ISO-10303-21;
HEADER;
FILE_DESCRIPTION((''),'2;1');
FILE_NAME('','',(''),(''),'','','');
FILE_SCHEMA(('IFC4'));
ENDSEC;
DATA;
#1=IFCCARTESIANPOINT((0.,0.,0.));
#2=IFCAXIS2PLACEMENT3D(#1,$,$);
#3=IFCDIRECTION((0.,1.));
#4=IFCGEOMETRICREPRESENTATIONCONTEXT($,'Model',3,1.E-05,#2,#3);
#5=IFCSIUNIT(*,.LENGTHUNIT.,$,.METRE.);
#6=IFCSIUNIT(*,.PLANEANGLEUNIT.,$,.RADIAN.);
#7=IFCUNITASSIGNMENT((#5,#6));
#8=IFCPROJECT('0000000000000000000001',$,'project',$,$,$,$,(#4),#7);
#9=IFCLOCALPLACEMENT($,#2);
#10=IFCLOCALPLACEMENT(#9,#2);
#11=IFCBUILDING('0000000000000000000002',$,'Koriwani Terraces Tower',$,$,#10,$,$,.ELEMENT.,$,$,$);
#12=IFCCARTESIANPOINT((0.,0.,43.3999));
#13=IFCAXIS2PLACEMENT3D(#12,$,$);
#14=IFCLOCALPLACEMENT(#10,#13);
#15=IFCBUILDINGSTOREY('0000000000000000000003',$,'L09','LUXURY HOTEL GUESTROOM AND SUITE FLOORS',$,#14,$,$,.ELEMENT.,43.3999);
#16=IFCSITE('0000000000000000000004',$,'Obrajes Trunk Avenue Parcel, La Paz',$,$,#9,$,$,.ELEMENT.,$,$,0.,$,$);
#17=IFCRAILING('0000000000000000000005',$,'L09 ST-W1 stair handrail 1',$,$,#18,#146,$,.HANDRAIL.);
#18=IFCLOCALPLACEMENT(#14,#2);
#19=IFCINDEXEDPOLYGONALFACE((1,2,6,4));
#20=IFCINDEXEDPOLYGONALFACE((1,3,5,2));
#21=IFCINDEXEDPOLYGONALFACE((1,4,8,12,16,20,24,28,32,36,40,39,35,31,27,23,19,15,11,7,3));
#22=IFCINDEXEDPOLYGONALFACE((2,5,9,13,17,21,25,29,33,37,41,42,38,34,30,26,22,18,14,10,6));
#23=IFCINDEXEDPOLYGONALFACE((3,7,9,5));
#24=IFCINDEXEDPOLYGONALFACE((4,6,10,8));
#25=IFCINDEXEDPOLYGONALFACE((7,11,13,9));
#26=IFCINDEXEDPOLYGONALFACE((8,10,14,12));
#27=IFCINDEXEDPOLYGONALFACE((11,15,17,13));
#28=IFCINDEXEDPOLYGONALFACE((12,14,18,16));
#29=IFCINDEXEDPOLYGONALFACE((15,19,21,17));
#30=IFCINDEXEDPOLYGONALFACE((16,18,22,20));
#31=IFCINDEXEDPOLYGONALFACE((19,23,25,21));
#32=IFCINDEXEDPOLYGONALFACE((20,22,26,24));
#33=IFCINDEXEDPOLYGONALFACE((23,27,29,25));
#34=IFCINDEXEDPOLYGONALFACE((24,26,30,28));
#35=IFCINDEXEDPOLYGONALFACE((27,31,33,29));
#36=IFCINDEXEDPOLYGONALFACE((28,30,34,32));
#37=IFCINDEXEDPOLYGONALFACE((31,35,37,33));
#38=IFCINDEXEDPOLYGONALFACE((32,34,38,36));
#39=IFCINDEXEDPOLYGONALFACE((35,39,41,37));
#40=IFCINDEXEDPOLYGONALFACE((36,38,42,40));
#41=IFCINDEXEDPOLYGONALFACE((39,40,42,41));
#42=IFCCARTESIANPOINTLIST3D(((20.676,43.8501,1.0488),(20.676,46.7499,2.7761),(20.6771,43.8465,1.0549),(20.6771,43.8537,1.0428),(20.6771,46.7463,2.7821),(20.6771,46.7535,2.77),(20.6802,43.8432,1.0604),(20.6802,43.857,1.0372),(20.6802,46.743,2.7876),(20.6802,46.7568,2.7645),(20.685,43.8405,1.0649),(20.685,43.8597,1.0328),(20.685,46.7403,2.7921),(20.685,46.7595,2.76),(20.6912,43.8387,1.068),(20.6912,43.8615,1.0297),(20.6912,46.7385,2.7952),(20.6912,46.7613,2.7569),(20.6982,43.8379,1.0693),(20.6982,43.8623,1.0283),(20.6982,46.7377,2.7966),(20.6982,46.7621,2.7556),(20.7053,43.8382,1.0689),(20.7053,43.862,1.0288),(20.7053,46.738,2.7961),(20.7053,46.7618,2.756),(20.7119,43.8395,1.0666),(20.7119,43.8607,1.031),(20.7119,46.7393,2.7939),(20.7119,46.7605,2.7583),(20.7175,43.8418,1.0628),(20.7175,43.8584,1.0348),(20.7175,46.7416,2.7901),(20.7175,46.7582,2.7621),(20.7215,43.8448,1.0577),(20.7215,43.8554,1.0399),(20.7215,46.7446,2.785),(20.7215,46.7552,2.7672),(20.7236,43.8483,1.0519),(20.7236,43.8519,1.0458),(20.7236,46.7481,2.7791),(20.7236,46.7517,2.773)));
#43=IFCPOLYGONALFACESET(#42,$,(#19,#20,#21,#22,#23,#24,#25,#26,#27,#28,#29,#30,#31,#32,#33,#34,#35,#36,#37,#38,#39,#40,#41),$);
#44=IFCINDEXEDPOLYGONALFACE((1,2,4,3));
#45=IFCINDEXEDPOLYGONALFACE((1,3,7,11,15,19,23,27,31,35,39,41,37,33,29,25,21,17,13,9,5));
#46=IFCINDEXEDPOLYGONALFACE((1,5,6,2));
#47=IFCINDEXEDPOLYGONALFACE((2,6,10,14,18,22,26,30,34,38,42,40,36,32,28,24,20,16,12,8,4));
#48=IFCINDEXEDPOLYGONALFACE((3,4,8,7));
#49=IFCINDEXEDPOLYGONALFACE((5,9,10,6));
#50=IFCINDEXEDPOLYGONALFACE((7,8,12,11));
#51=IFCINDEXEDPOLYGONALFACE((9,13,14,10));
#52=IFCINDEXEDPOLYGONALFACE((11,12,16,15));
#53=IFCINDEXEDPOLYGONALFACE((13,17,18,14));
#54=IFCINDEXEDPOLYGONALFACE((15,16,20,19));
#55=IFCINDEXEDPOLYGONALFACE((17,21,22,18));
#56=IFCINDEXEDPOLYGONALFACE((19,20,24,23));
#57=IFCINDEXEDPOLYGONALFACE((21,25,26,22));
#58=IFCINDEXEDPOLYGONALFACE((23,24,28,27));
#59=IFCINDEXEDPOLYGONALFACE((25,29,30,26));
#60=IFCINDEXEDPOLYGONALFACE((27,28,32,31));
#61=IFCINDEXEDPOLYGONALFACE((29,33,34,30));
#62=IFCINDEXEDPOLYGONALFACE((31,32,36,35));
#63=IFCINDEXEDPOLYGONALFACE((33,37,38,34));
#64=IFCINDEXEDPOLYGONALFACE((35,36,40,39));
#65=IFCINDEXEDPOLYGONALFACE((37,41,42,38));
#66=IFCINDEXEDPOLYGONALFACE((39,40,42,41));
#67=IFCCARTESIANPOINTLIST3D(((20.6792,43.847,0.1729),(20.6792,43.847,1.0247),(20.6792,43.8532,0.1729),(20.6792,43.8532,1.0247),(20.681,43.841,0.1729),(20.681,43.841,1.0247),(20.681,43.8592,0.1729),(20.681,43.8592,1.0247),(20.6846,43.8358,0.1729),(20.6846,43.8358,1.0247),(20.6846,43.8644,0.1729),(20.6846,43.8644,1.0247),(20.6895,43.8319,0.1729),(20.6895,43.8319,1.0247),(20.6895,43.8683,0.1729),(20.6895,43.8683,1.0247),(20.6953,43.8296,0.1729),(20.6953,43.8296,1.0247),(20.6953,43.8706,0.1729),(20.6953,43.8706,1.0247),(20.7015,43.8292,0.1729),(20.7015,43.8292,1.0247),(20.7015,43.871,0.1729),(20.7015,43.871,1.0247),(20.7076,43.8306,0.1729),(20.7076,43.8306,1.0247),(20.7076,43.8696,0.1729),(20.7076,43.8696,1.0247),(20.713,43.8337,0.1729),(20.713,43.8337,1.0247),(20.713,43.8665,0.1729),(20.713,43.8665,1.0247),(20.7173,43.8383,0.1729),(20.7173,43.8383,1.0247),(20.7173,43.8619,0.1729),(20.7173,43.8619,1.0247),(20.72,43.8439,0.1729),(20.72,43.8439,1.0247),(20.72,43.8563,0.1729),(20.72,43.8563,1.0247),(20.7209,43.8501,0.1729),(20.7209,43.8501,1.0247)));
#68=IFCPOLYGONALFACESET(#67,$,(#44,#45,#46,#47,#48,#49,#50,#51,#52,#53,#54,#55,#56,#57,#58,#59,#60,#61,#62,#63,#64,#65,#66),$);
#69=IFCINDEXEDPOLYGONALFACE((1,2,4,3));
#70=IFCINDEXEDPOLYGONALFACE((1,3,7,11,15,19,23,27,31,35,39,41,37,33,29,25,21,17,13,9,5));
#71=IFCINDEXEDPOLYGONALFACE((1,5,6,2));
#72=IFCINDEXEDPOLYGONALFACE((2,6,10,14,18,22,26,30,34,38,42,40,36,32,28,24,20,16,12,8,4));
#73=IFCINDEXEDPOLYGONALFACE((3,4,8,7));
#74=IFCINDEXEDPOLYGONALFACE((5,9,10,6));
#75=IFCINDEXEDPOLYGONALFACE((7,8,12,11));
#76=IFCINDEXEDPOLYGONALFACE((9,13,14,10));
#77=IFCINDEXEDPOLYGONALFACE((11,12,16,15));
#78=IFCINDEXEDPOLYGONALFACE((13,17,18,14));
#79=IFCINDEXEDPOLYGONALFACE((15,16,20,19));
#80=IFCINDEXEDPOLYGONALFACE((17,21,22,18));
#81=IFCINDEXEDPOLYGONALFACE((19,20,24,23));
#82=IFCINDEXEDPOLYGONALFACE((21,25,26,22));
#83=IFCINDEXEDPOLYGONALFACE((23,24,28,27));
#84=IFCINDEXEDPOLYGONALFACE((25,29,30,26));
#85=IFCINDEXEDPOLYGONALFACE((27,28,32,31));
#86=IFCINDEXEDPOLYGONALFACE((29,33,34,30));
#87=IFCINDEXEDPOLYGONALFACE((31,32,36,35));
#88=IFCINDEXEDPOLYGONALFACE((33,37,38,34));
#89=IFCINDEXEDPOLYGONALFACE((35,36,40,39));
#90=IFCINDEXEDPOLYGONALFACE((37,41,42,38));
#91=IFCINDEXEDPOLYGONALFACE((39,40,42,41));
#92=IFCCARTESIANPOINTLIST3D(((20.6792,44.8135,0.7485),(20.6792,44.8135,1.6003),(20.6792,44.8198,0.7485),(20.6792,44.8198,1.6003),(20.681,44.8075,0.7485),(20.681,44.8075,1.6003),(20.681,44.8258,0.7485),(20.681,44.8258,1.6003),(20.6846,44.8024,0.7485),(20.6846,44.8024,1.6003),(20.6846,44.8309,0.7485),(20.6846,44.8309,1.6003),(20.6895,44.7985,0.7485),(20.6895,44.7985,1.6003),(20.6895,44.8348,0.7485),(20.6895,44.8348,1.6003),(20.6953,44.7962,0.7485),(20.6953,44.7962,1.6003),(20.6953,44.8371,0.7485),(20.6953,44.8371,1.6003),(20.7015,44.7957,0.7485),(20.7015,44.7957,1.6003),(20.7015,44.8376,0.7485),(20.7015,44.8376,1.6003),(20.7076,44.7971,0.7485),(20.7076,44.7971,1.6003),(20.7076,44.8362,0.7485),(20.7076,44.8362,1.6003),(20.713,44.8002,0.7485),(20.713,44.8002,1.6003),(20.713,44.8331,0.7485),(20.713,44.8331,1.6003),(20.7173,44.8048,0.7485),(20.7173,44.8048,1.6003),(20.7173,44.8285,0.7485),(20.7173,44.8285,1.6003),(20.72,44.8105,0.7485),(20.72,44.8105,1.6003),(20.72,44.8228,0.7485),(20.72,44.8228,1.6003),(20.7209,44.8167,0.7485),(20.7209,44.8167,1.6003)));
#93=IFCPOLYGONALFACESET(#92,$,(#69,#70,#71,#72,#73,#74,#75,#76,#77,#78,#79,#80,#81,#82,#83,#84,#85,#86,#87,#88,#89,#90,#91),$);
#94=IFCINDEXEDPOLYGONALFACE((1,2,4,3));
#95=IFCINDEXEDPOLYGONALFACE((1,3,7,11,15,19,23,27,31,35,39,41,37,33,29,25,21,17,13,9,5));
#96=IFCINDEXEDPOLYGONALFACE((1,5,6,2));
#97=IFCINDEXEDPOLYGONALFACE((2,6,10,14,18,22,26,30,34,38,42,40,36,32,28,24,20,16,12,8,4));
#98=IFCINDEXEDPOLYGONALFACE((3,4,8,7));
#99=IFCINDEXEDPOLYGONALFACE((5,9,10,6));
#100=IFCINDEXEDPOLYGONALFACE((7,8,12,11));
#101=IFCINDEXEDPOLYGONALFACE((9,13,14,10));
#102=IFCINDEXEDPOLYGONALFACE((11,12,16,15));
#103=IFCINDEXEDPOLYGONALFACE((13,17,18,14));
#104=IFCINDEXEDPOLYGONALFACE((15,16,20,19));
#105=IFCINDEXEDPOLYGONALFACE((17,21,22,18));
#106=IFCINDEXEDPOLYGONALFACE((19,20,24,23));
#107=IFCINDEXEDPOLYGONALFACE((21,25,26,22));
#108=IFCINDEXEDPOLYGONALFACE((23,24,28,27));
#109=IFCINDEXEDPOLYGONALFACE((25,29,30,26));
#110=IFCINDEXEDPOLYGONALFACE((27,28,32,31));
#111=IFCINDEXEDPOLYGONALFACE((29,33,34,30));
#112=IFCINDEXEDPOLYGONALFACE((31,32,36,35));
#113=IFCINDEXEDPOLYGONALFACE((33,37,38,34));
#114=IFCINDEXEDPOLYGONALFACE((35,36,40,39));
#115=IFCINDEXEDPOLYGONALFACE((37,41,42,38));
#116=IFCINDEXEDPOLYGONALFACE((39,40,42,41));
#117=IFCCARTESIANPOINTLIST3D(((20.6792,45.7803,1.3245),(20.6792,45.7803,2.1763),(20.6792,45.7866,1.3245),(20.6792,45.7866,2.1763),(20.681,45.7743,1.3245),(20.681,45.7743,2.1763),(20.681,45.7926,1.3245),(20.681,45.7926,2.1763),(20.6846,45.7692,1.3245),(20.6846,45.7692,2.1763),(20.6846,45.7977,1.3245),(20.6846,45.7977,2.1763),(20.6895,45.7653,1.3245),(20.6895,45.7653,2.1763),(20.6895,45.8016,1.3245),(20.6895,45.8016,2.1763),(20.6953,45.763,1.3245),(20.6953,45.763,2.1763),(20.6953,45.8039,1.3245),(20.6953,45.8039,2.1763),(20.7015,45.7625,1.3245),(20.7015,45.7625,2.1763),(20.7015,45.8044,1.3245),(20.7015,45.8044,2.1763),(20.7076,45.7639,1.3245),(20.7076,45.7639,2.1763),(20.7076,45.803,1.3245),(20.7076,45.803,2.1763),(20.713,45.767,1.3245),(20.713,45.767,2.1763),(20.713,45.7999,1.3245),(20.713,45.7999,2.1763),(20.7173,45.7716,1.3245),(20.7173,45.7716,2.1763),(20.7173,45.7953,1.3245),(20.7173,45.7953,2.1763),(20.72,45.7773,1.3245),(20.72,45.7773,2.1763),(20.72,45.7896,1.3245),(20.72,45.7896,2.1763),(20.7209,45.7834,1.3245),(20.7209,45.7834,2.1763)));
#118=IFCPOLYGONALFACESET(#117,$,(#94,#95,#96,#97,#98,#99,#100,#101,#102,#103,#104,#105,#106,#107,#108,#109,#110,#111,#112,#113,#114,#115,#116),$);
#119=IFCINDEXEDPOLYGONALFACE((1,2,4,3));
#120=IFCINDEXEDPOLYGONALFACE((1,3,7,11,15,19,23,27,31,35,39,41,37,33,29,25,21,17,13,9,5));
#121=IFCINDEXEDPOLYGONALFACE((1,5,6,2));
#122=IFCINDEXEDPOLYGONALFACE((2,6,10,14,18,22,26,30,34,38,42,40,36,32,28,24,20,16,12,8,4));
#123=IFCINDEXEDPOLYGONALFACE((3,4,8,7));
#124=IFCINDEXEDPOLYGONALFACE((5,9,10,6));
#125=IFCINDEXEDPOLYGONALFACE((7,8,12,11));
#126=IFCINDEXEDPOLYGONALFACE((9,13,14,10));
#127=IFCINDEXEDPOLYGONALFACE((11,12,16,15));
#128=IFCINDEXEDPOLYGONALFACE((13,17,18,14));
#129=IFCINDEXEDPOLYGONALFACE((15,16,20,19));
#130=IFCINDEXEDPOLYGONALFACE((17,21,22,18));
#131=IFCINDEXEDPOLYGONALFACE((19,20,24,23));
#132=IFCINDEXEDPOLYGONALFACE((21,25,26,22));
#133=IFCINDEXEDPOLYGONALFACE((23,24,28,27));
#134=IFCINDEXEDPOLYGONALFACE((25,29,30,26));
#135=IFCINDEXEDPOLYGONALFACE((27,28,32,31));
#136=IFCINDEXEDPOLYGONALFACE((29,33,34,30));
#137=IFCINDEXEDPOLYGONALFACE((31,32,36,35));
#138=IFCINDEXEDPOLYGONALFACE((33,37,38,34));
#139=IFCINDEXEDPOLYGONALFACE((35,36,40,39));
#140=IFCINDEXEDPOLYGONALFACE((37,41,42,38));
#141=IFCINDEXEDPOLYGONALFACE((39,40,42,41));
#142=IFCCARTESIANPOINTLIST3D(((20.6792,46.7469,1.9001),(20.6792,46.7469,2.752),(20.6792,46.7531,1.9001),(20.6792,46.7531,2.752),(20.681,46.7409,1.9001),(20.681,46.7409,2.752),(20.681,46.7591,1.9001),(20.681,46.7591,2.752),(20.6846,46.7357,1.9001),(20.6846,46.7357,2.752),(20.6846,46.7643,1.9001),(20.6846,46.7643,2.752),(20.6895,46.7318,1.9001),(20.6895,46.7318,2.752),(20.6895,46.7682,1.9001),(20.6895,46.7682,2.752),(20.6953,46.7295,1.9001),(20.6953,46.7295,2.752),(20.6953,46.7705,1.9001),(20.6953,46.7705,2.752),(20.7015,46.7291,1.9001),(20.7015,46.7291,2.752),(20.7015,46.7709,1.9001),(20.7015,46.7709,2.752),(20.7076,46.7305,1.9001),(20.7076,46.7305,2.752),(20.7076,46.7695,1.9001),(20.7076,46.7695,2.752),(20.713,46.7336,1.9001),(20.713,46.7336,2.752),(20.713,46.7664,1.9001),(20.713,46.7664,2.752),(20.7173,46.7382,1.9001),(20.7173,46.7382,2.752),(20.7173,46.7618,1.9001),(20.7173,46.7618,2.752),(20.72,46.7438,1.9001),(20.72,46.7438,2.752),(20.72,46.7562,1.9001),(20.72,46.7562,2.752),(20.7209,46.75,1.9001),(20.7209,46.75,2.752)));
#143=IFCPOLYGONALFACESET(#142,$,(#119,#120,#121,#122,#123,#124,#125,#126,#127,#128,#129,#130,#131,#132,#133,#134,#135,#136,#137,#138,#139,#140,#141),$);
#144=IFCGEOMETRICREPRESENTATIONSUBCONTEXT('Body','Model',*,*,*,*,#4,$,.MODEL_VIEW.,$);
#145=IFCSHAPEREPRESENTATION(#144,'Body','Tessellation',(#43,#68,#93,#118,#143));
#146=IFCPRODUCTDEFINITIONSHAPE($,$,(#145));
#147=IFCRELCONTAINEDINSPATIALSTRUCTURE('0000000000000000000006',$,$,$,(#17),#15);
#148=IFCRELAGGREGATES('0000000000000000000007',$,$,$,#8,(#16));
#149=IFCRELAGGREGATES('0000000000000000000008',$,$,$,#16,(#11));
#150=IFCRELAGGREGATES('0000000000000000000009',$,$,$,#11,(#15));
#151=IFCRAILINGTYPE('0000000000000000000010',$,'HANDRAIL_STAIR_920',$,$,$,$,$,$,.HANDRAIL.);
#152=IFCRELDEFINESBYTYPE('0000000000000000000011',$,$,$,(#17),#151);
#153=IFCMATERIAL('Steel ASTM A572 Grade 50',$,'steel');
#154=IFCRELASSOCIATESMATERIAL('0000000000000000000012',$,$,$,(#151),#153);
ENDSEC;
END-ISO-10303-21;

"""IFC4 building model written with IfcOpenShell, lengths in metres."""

from ifc_helpers import new_model, si_unit, direction, frame, origin, origin_2d, place, context, subcontext, project, spatial, circle, extrude, material, type_object, element, save


model = new_model("IFC4")

# Units and contexts
model_context = context("Model", 3, precision=1e-05, world=origin(), true_north=direction((0.0, 1.0)))
body_context = subcontext(model_context, "Body", "Model", "MODEL_VIEW")
ifc_project = project(units=[si_unit("LENGTHUNIT", "METRE"), si_unit("PLANEANGLEUNIT", "RADIAN")], contexts=[model_context])

# Site, building, storey
site_placement = place(None, origin())
site = spatial("IfcSite", under=ifc_project, at=site_placement, Name="Obrajes Trunk Avenue Parcel, La Paz", CompositionType="ELEMENT", RefElevation=0.0)
building_placement = place(site_placement, origin())
building = spatial("IfcBuilding", under=site, at=building_placement, Name="Koriwani Terraces Tower", CompositionType="ELEMENT")
storey_placement = place(building_placement, frame((0.0, 0.0, 43.3999)))
storey = spatial("IfcBuildingStorey", under=building, at=storey_placement, Name="L09", Description="LUXURY HOTEL GUESTROOM AND SUITE FLOORS", CompositionType="ELEMENT", Elevation=43.3999)

# Shared definitions
ifc_material_1 = material(Name="Steel ASTM A572 Grade 50", Category="steel")

# Railing
railing_type_1 = type_object("IfcRailingType", Name="HANDRAIL_STAIR_920", PredefinedType="HANDRAIL", material=ifc_material_1)
railing_1_placement = place(storey_placement, frame((20.7, 43.8501, 0.1729)))
element("IfcRailing", 1, at=railing_1_placement, inside=storey, type_object=railing_type_1, Name="L09 ST-W1 stair handrail 1", PredefinedType="HANDRAIL", context=body_context, shape_type="SweptSolid", body=[
    extrude(circle(Radius=0.0239, at=origin_2d()), frame((0.0, 0.0, 0.876), z_axis=(0.0, 0.859141, 0.511738), x_axis=(-1.0, 0.0, 0.0)), (0.0, 0.0, 1.0), 3.3752),
    extrude(circle(Radius=0.021, at=origin_2d()), origin(), (0.0, 0.0, 1.0), 0.8518),
    extrude(circle(Radius=0.021, at=origin_2d()), frame((0.0, 0.9666, 0.5757)), (0.0, 0.0, 1.0), 0.8518),
    extrude(circle(Radius=0.021, at=origin_2d()), frame((0.0, 1.9333, 1.1516)), (0.0, 0.0, 1.0), 0.8518),
    extrude(circle(Radius=0.021, at=origin_2d()), frame((0.0, 2.8999, 1.7273)), (0.0, 0.0, 1.0), 0.8518),
])

save(model, "model.ifc")
